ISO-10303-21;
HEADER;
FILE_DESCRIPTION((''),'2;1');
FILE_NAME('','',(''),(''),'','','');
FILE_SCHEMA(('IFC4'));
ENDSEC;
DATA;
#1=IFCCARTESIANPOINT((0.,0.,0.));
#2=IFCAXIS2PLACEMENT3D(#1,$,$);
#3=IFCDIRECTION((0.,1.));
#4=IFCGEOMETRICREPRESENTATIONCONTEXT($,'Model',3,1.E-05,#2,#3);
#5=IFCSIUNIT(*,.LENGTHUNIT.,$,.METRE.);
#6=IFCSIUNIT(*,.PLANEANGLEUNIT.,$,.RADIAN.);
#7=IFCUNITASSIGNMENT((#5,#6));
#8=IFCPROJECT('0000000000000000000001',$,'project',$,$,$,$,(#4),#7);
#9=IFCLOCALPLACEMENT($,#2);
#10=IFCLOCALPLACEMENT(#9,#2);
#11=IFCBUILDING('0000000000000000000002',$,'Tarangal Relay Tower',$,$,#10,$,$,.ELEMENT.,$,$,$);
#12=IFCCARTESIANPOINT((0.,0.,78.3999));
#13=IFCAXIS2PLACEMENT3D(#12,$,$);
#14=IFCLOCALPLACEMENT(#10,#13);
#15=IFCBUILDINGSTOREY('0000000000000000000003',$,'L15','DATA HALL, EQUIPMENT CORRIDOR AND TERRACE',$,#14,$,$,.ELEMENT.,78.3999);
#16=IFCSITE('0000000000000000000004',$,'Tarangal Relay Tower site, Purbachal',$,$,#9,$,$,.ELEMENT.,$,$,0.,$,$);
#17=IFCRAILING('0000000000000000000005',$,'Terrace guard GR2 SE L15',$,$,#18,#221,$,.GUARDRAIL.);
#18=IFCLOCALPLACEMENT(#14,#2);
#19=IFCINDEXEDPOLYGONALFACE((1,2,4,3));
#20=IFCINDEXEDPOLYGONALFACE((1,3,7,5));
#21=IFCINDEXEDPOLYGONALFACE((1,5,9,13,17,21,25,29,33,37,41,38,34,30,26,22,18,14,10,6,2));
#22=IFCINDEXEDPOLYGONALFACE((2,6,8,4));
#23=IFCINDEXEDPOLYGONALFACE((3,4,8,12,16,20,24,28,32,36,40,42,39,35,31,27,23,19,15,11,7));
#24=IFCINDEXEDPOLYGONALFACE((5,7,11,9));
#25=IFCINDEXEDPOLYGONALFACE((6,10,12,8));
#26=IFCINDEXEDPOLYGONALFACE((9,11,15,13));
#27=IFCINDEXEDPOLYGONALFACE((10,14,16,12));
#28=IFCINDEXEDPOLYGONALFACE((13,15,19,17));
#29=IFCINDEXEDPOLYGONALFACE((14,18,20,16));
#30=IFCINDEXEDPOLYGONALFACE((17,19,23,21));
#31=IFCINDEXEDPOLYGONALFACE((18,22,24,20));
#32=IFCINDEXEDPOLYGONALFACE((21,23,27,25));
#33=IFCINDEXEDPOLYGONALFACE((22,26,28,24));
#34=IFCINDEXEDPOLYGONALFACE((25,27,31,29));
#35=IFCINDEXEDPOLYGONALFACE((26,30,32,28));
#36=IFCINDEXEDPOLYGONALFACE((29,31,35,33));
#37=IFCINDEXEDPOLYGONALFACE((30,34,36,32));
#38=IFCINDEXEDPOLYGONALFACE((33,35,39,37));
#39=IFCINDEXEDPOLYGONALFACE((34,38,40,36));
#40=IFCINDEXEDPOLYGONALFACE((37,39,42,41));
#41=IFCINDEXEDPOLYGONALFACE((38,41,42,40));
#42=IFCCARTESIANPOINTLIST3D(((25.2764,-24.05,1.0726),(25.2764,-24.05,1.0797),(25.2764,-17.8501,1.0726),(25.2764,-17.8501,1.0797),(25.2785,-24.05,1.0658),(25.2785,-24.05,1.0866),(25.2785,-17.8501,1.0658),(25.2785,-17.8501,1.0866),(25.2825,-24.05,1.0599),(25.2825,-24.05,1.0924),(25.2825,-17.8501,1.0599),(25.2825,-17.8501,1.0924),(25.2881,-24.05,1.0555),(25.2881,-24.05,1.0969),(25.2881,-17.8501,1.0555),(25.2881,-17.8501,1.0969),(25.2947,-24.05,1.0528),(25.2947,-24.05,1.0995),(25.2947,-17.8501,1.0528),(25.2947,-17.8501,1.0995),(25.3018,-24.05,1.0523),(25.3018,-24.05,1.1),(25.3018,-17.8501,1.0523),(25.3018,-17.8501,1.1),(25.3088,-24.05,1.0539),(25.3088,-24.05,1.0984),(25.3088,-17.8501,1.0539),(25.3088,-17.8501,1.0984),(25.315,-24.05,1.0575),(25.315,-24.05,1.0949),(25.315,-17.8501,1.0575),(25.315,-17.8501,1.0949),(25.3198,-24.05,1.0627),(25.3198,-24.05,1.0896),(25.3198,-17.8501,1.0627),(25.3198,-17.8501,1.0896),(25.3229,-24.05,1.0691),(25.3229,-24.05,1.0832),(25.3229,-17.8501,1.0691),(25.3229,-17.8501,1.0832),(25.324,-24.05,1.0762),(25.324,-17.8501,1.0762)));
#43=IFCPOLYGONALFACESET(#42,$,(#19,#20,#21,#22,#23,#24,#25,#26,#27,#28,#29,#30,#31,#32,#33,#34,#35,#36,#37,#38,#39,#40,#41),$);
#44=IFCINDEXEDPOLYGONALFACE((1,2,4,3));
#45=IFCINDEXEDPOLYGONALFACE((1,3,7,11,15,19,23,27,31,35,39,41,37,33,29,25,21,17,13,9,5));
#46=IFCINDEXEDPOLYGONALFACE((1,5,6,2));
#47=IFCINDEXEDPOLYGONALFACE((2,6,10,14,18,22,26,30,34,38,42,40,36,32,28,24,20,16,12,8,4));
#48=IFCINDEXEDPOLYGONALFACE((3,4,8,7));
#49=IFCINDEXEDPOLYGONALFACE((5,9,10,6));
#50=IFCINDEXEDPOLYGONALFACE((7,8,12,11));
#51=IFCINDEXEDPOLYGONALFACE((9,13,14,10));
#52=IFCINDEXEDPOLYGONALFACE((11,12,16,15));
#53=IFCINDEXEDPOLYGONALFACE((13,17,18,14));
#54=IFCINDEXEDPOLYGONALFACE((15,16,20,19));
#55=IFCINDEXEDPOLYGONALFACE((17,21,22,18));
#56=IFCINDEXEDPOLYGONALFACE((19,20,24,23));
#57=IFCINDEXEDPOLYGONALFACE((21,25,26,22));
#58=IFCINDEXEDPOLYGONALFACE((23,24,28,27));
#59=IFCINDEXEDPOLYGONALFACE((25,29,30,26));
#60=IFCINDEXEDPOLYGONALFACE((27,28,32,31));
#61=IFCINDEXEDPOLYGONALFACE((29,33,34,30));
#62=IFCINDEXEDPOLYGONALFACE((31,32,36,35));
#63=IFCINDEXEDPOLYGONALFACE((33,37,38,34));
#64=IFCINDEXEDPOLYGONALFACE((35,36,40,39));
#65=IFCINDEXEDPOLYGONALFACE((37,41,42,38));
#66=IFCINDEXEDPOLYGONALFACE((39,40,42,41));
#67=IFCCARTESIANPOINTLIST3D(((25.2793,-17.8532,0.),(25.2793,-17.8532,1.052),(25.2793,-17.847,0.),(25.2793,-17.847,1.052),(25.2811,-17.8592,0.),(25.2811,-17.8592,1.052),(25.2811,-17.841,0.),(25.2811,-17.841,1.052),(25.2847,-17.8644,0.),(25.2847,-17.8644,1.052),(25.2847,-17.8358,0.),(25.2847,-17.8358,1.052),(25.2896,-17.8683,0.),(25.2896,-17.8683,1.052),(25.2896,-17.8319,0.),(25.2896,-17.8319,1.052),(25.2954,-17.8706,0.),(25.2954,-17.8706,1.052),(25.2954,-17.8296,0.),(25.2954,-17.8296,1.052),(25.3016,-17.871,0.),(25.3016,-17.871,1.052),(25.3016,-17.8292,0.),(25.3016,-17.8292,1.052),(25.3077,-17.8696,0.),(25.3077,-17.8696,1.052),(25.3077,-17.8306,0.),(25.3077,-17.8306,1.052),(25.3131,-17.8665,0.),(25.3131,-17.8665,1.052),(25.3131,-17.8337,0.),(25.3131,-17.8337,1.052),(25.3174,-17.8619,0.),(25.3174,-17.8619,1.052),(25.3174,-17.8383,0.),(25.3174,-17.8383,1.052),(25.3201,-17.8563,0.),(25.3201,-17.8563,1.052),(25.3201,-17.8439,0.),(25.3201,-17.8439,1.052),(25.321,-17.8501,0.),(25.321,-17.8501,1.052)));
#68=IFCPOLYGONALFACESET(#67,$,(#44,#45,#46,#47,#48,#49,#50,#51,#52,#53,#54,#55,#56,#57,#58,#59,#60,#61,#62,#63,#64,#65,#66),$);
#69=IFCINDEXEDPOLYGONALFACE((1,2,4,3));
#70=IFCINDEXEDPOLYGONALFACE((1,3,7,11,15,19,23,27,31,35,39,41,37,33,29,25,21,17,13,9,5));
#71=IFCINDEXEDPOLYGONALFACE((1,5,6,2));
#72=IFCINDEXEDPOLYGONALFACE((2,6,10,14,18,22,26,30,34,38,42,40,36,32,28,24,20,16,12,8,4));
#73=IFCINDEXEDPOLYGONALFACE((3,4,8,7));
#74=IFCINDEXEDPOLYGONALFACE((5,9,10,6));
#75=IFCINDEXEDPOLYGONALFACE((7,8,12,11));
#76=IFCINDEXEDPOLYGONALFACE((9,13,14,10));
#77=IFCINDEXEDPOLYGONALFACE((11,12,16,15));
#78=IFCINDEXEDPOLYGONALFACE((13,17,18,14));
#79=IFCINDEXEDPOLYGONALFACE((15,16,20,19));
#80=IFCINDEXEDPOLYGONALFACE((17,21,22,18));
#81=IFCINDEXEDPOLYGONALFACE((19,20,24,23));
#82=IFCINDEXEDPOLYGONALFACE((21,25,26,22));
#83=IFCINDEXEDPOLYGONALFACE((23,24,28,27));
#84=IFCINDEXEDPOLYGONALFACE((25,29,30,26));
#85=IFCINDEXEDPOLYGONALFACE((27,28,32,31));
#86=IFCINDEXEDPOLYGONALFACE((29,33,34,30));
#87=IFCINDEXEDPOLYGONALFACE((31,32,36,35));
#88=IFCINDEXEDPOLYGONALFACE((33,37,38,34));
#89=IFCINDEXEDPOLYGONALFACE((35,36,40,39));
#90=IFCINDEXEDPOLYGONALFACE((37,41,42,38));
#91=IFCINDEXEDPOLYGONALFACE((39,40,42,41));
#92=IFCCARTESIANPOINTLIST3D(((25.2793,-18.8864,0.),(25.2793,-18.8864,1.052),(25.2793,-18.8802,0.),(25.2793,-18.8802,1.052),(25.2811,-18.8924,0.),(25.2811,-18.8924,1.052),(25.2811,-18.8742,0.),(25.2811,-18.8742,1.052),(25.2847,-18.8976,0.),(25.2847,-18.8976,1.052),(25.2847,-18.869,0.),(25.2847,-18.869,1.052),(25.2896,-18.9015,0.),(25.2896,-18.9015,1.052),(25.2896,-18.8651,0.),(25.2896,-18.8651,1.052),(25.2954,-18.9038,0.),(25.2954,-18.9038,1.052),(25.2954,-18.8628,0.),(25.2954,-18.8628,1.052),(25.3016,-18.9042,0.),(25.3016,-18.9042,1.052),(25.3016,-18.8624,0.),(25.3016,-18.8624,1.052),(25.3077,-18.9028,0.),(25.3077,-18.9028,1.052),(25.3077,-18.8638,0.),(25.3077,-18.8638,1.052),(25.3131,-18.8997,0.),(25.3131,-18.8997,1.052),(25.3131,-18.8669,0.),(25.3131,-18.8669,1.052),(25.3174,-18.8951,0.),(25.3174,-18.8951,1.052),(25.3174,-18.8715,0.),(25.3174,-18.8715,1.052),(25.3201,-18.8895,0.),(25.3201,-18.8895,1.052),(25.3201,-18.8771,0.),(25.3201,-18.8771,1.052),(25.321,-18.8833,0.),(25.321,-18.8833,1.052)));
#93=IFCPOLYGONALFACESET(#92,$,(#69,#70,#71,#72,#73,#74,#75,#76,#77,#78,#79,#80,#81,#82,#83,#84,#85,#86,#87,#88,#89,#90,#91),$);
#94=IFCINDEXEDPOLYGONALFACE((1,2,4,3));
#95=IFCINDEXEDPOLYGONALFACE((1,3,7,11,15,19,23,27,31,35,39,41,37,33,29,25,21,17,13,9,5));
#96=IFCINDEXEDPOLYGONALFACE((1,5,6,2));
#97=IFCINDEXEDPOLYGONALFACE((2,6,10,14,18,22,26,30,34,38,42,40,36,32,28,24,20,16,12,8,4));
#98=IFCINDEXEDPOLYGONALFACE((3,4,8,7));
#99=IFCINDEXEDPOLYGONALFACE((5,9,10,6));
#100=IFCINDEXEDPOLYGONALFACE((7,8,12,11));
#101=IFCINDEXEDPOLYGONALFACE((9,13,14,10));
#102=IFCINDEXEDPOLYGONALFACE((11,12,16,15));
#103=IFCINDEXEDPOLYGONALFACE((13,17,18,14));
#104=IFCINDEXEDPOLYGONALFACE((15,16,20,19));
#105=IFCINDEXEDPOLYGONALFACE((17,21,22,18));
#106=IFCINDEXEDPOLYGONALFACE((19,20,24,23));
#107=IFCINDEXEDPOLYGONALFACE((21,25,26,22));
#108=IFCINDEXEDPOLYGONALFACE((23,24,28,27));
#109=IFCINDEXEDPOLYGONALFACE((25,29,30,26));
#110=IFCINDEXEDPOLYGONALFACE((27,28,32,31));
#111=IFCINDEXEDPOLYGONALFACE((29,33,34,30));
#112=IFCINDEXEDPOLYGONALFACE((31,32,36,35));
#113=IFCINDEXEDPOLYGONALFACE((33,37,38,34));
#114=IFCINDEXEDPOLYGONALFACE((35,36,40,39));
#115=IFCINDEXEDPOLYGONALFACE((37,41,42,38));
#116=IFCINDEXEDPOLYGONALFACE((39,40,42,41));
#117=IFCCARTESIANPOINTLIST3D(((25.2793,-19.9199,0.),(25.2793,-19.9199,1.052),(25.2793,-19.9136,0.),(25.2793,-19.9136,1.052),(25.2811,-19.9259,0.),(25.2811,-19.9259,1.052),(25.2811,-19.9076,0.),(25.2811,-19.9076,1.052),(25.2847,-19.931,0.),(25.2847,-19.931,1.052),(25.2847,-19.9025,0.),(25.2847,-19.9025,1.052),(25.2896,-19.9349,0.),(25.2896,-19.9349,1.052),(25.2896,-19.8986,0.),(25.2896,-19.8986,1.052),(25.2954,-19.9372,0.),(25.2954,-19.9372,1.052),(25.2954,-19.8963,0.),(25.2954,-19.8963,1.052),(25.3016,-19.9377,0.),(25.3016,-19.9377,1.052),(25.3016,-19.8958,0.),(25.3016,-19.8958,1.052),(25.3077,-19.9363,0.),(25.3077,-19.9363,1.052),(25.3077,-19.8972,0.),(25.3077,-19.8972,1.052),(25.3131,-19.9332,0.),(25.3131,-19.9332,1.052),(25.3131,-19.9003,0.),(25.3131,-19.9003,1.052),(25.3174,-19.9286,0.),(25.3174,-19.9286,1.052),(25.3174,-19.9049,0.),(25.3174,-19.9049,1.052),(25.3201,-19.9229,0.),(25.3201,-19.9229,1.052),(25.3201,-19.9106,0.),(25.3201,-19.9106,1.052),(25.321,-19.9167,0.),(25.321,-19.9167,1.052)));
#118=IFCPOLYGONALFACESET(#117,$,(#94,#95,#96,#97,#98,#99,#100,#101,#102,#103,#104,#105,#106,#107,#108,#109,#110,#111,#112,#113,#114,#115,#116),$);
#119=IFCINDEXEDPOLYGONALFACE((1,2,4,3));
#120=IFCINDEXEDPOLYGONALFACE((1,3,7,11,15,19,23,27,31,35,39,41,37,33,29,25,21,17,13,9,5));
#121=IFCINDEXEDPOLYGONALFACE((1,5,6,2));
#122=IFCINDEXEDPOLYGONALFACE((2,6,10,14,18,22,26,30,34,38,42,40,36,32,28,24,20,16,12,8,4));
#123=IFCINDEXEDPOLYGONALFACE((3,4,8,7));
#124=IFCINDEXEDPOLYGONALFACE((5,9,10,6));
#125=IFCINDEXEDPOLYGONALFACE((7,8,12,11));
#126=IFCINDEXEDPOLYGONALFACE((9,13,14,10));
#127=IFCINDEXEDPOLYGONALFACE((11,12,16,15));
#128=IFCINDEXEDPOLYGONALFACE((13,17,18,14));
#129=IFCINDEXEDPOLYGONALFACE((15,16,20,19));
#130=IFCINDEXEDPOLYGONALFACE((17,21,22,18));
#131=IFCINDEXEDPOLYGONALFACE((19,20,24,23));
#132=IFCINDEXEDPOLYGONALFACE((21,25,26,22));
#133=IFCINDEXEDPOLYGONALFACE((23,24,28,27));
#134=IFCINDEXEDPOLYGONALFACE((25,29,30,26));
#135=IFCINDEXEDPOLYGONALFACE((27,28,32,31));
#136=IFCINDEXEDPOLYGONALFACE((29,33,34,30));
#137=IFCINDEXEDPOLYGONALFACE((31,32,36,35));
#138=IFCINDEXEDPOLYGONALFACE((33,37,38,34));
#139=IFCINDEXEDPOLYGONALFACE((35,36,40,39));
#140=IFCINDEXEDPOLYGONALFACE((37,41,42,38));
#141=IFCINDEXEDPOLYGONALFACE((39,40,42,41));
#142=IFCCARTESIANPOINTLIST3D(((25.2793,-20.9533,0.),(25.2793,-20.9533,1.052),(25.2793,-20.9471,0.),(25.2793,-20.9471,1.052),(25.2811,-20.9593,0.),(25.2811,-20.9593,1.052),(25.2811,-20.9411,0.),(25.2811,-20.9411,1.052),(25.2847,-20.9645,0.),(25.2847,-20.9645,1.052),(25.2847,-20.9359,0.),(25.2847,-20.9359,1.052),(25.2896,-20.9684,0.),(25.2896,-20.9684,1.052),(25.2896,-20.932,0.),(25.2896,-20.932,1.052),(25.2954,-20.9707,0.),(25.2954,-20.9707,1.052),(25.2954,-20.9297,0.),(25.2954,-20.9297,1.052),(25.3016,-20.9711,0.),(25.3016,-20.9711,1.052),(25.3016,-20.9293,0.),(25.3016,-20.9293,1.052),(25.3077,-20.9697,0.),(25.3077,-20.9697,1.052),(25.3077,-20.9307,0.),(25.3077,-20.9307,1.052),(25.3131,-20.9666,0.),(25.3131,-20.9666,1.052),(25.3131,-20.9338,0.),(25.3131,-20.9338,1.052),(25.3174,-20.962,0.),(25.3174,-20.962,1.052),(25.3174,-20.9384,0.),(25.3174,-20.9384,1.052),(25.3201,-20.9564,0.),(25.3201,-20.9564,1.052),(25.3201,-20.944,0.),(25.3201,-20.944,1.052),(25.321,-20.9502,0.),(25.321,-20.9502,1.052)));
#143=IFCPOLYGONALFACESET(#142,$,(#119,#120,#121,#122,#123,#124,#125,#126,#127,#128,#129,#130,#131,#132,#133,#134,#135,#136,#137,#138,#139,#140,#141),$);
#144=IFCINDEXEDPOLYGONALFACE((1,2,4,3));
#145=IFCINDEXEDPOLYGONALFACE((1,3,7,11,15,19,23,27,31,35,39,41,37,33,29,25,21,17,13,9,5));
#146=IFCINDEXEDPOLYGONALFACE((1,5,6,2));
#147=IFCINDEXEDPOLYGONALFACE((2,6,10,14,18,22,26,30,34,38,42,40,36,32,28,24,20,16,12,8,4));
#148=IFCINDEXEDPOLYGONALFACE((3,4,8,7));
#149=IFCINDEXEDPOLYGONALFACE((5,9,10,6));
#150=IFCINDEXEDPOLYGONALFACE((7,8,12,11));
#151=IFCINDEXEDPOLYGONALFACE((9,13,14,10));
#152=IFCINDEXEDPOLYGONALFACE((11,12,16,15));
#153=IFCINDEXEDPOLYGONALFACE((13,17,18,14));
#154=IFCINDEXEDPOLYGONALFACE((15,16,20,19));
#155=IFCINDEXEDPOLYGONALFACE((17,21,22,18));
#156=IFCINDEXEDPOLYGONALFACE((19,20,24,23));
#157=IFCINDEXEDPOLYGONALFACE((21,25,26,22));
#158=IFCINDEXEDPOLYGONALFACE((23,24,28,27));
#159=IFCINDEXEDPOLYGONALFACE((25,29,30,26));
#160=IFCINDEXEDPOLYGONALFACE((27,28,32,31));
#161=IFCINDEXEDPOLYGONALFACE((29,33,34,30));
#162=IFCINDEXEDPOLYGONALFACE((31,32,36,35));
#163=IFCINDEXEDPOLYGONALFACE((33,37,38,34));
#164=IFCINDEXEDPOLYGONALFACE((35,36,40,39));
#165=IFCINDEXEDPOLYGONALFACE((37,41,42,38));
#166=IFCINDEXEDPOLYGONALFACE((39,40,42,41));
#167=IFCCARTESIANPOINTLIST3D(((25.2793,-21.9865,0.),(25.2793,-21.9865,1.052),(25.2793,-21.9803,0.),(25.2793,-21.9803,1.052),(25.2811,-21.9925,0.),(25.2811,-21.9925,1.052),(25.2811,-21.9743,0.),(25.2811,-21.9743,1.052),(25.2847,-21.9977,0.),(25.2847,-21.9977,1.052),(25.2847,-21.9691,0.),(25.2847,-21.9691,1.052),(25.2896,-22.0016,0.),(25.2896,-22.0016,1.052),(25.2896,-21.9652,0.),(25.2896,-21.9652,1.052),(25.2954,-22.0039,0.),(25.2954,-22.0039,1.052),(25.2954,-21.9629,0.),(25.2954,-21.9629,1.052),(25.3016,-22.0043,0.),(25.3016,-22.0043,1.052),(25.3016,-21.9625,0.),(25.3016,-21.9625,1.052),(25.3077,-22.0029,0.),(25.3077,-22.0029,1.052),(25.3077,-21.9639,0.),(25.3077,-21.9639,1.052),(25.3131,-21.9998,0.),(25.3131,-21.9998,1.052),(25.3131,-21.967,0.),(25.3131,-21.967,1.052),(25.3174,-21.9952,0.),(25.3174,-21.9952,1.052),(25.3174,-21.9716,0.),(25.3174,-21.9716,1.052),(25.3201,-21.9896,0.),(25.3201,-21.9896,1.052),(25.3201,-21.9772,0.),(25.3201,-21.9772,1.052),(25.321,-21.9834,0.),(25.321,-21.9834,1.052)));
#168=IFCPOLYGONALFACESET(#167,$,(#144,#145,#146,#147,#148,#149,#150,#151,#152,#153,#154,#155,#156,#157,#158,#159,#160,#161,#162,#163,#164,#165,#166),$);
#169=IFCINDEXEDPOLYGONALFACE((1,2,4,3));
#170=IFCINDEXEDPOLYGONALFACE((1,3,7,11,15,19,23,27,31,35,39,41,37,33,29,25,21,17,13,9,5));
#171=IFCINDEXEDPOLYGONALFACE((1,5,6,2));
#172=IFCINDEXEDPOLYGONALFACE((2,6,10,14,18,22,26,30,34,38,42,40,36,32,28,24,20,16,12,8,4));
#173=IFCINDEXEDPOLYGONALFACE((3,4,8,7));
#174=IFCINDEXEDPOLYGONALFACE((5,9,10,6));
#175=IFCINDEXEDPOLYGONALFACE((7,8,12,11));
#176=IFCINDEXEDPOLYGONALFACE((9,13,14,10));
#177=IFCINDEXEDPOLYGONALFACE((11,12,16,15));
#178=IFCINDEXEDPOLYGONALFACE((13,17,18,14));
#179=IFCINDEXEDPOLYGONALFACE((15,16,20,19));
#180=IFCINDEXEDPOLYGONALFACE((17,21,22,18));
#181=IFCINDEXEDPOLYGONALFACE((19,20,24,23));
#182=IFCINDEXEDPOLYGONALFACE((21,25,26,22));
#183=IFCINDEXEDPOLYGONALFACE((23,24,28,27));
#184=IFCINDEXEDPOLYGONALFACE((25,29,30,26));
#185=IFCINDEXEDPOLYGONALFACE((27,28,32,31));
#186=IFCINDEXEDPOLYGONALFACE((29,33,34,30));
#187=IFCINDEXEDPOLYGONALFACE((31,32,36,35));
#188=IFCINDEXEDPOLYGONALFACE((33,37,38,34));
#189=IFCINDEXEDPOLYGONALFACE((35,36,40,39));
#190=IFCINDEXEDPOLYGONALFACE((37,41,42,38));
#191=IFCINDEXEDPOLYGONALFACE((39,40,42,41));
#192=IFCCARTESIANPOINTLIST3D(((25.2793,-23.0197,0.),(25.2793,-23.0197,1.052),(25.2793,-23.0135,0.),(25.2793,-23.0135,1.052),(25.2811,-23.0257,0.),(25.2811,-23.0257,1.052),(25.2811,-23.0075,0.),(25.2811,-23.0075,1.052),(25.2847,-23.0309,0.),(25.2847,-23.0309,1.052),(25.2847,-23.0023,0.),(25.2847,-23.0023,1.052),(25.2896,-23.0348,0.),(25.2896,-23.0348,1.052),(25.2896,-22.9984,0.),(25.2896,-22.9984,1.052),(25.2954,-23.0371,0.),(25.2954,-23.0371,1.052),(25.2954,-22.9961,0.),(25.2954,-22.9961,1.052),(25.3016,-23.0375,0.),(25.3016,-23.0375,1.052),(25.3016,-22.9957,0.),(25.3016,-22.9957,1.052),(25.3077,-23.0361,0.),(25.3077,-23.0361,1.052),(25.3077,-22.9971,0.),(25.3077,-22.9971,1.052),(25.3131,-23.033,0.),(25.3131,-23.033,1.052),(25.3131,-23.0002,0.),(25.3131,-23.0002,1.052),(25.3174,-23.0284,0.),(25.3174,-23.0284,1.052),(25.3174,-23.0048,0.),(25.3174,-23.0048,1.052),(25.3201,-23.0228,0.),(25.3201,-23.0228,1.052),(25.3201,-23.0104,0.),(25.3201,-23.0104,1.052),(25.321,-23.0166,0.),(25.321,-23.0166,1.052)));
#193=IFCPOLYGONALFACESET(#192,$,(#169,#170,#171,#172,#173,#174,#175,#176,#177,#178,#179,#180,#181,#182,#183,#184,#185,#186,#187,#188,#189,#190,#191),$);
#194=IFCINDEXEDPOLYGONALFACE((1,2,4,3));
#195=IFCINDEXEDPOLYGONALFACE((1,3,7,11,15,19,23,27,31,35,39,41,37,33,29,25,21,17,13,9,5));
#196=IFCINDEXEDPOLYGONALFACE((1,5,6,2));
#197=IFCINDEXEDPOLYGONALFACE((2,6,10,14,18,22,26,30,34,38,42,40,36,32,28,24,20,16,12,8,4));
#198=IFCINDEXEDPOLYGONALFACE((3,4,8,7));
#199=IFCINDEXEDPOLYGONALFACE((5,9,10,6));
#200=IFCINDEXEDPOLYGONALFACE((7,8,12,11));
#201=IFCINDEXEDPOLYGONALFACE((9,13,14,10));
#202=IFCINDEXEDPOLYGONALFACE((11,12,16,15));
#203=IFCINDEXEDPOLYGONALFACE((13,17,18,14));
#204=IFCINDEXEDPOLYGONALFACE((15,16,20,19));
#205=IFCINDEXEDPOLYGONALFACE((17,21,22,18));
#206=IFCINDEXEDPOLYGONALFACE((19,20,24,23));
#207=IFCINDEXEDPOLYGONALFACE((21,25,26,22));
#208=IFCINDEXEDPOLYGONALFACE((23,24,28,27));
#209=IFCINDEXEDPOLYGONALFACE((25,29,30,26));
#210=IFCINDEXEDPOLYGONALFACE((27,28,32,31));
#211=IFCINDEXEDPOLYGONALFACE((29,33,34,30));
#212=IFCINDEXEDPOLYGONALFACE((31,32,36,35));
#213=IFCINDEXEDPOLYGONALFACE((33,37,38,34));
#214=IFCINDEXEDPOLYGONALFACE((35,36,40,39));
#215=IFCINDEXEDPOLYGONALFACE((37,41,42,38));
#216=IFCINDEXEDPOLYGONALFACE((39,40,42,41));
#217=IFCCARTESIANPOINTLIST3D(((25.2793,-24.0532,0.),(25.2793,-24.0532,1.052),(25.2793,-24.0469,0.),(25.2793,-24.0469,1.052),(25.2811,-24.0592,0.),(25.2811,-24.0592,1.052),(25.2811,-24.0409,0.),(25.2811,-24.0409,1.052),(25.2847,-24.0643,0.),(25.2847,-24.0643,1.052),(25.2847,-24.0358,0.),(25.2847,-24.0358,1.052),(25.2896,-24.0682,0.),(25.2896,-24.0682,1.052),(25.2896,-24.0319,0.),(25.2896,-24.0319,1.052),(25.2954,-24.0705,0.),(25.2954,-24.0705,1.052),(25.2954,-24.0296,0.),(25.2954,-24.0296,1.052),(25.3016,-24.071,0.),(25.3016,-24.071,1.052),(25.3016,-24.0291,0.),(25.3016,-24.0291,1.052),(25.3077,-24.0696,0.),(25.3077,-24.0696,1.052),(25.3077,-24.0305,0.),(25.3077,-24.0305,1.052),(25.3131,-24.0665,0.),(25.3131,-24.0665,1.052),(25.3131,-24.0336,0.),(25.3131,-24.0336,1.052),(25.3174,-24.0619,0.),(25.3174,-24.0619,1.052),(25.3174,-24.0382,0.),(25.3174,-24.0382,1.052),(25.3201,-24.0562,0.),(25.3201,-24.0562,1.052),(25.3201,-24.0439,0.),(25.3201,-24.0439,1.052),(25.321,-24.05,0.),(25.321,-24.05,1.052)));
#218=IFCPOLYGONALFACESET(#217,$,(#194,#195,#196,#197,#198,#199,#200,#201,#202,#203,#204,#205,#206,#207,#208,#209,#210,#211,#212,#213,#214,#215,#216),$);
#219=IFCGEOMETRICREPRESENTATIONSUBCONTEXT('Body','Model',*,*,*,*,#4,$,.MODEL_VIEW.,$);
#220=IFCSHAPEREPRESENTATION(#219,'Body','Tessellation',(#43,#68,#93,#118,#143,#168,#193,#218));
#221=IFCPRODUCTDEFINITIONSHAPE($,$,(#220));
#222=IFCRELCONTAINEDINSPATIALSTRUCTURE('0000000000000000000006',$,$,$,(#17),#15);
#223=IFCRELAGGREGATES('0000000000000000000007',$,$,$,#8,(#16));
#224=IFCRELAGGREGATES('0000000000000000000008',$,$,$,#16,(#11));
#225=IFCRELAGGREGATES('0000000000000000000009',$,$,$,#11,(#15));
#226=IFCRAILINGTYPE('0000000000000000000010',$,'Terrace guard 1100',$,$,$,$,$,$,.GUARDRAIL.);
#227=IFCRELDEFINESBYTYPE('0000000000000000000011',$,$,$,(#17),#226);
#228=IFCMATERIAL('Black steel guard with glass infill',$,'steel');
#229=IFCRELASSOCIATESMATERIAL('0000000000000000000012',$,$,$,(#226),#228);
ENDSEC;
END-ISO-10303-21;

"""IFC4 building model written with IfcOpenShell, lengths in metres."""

from ifc_helpers import new_model, si_unit, direction, frame, origin, origin_2d, place, context, subcontext, project, spatial, circle, extrude, material, type_object, element, save


model = new_model("IFC4")

# Units and contexts
model_context = context("Model", 3, precision=1e-05, world=origin(), true_north=direction((0.0, 1.0)))
body_context = subcontext(model_context, "Body", "Model", "MODEL_VIEW")
ifc_project = project(units=[si_unit("LENGTHUNIT", "METRE"), si_unit("PLANEANGLEUNIT", "RADIAN")], contexts=[model_context])

# Site, building, storey
site_placement = place(None, origin())
site = spatial("IfcSite", under=ifc_project, at=site_placement, Name="Tarangal Relay Tower site, Purbachal", CompositionType="ELEMENT", RefElevation=0.0)
building_placement = place(site_placement, origin())
building = spatial("IfcBuilding", under=site, at=building_placement, Name="Tarangal Relay Tower", CompositionType="ELEMENT")
storey_placement = place(building_placement, frame((0.0, 0.0, 78.3999)))
storey = spatial("IfcBuildingStorey", under=building, at=storey_placement, Name="L15", Description="DATA HALL, EQUIPMENT CORRIDOR AND TERRACE", CompositionType="ELEMENT", Elevation=78.3999)

# Railing
ifc_material_1 = material(Name="Black steel guard with glass infill", Category="steel")
railing_type = type_object("IfcRailingType", Name="Terrace guard 1100", PredefinedType="GUARDRAIL", material=ifc_material_1)
railing_1_placement = place(storey_placement, frame((25.3, -17.8501, 0.0)))
element("IfcRailing", 1, at=railing_1_placement, inside=storey, type_object=railing_type, Name="Terrace guard GR2 SE L15", PredefinedType="GUARDRAIL", context=body_context, shape_type="SweptSolid", body=[
    extrude(circle(Radius=0.0239, at=origin_2d()), frame((0.0, 0.0, 1.0762), z_axis=(0.0, -1.0, 0.0), x_axis=(1.0, 0.0, 0.0)), (0.0, 0.0, 1.0), 6.2),
    extrude(circle(Radius=0.021, at=origin_2d()), origin(), (0.0, 0.0, 1.0), 1.052),
    extrude(circle(Radius=0.021, at=origin_2d()), frame((0.0, -1.0332, 0.0)), (0.0, 0.0, 1.0), 1.052),
    extrude(circle(Radius=0.021, at=origin_2d()), frame((0.0, -2.0667, 0.0)), (0.0, 0.0, 1.0), 1.052),
    extrude(circle(Radius=0.021, at=origin_2d()), frame((0.0, -3.1001, 0.0)), (0.0, 0.0, 1.0), 1.052),
    extrude(circle(Radius=0.021, at=origin_2d()), frame((0.0, -4.1333, 0.0)), (0.0, 0.0, 1.0), 1.052),
    extrude(circle(Radius=0.021, at=origin_2d()), frame((0.0, -5.1665, 0.0)), (0.0, 0.0, 1.0), 1.052),
    extrude(circle(Radius=0.021, at=origin_2d()), frame((0.0, -6.2, 0.0)), (0.0, 0.0, 1.0), 1.052),
])

save(model, "model.ifc")
